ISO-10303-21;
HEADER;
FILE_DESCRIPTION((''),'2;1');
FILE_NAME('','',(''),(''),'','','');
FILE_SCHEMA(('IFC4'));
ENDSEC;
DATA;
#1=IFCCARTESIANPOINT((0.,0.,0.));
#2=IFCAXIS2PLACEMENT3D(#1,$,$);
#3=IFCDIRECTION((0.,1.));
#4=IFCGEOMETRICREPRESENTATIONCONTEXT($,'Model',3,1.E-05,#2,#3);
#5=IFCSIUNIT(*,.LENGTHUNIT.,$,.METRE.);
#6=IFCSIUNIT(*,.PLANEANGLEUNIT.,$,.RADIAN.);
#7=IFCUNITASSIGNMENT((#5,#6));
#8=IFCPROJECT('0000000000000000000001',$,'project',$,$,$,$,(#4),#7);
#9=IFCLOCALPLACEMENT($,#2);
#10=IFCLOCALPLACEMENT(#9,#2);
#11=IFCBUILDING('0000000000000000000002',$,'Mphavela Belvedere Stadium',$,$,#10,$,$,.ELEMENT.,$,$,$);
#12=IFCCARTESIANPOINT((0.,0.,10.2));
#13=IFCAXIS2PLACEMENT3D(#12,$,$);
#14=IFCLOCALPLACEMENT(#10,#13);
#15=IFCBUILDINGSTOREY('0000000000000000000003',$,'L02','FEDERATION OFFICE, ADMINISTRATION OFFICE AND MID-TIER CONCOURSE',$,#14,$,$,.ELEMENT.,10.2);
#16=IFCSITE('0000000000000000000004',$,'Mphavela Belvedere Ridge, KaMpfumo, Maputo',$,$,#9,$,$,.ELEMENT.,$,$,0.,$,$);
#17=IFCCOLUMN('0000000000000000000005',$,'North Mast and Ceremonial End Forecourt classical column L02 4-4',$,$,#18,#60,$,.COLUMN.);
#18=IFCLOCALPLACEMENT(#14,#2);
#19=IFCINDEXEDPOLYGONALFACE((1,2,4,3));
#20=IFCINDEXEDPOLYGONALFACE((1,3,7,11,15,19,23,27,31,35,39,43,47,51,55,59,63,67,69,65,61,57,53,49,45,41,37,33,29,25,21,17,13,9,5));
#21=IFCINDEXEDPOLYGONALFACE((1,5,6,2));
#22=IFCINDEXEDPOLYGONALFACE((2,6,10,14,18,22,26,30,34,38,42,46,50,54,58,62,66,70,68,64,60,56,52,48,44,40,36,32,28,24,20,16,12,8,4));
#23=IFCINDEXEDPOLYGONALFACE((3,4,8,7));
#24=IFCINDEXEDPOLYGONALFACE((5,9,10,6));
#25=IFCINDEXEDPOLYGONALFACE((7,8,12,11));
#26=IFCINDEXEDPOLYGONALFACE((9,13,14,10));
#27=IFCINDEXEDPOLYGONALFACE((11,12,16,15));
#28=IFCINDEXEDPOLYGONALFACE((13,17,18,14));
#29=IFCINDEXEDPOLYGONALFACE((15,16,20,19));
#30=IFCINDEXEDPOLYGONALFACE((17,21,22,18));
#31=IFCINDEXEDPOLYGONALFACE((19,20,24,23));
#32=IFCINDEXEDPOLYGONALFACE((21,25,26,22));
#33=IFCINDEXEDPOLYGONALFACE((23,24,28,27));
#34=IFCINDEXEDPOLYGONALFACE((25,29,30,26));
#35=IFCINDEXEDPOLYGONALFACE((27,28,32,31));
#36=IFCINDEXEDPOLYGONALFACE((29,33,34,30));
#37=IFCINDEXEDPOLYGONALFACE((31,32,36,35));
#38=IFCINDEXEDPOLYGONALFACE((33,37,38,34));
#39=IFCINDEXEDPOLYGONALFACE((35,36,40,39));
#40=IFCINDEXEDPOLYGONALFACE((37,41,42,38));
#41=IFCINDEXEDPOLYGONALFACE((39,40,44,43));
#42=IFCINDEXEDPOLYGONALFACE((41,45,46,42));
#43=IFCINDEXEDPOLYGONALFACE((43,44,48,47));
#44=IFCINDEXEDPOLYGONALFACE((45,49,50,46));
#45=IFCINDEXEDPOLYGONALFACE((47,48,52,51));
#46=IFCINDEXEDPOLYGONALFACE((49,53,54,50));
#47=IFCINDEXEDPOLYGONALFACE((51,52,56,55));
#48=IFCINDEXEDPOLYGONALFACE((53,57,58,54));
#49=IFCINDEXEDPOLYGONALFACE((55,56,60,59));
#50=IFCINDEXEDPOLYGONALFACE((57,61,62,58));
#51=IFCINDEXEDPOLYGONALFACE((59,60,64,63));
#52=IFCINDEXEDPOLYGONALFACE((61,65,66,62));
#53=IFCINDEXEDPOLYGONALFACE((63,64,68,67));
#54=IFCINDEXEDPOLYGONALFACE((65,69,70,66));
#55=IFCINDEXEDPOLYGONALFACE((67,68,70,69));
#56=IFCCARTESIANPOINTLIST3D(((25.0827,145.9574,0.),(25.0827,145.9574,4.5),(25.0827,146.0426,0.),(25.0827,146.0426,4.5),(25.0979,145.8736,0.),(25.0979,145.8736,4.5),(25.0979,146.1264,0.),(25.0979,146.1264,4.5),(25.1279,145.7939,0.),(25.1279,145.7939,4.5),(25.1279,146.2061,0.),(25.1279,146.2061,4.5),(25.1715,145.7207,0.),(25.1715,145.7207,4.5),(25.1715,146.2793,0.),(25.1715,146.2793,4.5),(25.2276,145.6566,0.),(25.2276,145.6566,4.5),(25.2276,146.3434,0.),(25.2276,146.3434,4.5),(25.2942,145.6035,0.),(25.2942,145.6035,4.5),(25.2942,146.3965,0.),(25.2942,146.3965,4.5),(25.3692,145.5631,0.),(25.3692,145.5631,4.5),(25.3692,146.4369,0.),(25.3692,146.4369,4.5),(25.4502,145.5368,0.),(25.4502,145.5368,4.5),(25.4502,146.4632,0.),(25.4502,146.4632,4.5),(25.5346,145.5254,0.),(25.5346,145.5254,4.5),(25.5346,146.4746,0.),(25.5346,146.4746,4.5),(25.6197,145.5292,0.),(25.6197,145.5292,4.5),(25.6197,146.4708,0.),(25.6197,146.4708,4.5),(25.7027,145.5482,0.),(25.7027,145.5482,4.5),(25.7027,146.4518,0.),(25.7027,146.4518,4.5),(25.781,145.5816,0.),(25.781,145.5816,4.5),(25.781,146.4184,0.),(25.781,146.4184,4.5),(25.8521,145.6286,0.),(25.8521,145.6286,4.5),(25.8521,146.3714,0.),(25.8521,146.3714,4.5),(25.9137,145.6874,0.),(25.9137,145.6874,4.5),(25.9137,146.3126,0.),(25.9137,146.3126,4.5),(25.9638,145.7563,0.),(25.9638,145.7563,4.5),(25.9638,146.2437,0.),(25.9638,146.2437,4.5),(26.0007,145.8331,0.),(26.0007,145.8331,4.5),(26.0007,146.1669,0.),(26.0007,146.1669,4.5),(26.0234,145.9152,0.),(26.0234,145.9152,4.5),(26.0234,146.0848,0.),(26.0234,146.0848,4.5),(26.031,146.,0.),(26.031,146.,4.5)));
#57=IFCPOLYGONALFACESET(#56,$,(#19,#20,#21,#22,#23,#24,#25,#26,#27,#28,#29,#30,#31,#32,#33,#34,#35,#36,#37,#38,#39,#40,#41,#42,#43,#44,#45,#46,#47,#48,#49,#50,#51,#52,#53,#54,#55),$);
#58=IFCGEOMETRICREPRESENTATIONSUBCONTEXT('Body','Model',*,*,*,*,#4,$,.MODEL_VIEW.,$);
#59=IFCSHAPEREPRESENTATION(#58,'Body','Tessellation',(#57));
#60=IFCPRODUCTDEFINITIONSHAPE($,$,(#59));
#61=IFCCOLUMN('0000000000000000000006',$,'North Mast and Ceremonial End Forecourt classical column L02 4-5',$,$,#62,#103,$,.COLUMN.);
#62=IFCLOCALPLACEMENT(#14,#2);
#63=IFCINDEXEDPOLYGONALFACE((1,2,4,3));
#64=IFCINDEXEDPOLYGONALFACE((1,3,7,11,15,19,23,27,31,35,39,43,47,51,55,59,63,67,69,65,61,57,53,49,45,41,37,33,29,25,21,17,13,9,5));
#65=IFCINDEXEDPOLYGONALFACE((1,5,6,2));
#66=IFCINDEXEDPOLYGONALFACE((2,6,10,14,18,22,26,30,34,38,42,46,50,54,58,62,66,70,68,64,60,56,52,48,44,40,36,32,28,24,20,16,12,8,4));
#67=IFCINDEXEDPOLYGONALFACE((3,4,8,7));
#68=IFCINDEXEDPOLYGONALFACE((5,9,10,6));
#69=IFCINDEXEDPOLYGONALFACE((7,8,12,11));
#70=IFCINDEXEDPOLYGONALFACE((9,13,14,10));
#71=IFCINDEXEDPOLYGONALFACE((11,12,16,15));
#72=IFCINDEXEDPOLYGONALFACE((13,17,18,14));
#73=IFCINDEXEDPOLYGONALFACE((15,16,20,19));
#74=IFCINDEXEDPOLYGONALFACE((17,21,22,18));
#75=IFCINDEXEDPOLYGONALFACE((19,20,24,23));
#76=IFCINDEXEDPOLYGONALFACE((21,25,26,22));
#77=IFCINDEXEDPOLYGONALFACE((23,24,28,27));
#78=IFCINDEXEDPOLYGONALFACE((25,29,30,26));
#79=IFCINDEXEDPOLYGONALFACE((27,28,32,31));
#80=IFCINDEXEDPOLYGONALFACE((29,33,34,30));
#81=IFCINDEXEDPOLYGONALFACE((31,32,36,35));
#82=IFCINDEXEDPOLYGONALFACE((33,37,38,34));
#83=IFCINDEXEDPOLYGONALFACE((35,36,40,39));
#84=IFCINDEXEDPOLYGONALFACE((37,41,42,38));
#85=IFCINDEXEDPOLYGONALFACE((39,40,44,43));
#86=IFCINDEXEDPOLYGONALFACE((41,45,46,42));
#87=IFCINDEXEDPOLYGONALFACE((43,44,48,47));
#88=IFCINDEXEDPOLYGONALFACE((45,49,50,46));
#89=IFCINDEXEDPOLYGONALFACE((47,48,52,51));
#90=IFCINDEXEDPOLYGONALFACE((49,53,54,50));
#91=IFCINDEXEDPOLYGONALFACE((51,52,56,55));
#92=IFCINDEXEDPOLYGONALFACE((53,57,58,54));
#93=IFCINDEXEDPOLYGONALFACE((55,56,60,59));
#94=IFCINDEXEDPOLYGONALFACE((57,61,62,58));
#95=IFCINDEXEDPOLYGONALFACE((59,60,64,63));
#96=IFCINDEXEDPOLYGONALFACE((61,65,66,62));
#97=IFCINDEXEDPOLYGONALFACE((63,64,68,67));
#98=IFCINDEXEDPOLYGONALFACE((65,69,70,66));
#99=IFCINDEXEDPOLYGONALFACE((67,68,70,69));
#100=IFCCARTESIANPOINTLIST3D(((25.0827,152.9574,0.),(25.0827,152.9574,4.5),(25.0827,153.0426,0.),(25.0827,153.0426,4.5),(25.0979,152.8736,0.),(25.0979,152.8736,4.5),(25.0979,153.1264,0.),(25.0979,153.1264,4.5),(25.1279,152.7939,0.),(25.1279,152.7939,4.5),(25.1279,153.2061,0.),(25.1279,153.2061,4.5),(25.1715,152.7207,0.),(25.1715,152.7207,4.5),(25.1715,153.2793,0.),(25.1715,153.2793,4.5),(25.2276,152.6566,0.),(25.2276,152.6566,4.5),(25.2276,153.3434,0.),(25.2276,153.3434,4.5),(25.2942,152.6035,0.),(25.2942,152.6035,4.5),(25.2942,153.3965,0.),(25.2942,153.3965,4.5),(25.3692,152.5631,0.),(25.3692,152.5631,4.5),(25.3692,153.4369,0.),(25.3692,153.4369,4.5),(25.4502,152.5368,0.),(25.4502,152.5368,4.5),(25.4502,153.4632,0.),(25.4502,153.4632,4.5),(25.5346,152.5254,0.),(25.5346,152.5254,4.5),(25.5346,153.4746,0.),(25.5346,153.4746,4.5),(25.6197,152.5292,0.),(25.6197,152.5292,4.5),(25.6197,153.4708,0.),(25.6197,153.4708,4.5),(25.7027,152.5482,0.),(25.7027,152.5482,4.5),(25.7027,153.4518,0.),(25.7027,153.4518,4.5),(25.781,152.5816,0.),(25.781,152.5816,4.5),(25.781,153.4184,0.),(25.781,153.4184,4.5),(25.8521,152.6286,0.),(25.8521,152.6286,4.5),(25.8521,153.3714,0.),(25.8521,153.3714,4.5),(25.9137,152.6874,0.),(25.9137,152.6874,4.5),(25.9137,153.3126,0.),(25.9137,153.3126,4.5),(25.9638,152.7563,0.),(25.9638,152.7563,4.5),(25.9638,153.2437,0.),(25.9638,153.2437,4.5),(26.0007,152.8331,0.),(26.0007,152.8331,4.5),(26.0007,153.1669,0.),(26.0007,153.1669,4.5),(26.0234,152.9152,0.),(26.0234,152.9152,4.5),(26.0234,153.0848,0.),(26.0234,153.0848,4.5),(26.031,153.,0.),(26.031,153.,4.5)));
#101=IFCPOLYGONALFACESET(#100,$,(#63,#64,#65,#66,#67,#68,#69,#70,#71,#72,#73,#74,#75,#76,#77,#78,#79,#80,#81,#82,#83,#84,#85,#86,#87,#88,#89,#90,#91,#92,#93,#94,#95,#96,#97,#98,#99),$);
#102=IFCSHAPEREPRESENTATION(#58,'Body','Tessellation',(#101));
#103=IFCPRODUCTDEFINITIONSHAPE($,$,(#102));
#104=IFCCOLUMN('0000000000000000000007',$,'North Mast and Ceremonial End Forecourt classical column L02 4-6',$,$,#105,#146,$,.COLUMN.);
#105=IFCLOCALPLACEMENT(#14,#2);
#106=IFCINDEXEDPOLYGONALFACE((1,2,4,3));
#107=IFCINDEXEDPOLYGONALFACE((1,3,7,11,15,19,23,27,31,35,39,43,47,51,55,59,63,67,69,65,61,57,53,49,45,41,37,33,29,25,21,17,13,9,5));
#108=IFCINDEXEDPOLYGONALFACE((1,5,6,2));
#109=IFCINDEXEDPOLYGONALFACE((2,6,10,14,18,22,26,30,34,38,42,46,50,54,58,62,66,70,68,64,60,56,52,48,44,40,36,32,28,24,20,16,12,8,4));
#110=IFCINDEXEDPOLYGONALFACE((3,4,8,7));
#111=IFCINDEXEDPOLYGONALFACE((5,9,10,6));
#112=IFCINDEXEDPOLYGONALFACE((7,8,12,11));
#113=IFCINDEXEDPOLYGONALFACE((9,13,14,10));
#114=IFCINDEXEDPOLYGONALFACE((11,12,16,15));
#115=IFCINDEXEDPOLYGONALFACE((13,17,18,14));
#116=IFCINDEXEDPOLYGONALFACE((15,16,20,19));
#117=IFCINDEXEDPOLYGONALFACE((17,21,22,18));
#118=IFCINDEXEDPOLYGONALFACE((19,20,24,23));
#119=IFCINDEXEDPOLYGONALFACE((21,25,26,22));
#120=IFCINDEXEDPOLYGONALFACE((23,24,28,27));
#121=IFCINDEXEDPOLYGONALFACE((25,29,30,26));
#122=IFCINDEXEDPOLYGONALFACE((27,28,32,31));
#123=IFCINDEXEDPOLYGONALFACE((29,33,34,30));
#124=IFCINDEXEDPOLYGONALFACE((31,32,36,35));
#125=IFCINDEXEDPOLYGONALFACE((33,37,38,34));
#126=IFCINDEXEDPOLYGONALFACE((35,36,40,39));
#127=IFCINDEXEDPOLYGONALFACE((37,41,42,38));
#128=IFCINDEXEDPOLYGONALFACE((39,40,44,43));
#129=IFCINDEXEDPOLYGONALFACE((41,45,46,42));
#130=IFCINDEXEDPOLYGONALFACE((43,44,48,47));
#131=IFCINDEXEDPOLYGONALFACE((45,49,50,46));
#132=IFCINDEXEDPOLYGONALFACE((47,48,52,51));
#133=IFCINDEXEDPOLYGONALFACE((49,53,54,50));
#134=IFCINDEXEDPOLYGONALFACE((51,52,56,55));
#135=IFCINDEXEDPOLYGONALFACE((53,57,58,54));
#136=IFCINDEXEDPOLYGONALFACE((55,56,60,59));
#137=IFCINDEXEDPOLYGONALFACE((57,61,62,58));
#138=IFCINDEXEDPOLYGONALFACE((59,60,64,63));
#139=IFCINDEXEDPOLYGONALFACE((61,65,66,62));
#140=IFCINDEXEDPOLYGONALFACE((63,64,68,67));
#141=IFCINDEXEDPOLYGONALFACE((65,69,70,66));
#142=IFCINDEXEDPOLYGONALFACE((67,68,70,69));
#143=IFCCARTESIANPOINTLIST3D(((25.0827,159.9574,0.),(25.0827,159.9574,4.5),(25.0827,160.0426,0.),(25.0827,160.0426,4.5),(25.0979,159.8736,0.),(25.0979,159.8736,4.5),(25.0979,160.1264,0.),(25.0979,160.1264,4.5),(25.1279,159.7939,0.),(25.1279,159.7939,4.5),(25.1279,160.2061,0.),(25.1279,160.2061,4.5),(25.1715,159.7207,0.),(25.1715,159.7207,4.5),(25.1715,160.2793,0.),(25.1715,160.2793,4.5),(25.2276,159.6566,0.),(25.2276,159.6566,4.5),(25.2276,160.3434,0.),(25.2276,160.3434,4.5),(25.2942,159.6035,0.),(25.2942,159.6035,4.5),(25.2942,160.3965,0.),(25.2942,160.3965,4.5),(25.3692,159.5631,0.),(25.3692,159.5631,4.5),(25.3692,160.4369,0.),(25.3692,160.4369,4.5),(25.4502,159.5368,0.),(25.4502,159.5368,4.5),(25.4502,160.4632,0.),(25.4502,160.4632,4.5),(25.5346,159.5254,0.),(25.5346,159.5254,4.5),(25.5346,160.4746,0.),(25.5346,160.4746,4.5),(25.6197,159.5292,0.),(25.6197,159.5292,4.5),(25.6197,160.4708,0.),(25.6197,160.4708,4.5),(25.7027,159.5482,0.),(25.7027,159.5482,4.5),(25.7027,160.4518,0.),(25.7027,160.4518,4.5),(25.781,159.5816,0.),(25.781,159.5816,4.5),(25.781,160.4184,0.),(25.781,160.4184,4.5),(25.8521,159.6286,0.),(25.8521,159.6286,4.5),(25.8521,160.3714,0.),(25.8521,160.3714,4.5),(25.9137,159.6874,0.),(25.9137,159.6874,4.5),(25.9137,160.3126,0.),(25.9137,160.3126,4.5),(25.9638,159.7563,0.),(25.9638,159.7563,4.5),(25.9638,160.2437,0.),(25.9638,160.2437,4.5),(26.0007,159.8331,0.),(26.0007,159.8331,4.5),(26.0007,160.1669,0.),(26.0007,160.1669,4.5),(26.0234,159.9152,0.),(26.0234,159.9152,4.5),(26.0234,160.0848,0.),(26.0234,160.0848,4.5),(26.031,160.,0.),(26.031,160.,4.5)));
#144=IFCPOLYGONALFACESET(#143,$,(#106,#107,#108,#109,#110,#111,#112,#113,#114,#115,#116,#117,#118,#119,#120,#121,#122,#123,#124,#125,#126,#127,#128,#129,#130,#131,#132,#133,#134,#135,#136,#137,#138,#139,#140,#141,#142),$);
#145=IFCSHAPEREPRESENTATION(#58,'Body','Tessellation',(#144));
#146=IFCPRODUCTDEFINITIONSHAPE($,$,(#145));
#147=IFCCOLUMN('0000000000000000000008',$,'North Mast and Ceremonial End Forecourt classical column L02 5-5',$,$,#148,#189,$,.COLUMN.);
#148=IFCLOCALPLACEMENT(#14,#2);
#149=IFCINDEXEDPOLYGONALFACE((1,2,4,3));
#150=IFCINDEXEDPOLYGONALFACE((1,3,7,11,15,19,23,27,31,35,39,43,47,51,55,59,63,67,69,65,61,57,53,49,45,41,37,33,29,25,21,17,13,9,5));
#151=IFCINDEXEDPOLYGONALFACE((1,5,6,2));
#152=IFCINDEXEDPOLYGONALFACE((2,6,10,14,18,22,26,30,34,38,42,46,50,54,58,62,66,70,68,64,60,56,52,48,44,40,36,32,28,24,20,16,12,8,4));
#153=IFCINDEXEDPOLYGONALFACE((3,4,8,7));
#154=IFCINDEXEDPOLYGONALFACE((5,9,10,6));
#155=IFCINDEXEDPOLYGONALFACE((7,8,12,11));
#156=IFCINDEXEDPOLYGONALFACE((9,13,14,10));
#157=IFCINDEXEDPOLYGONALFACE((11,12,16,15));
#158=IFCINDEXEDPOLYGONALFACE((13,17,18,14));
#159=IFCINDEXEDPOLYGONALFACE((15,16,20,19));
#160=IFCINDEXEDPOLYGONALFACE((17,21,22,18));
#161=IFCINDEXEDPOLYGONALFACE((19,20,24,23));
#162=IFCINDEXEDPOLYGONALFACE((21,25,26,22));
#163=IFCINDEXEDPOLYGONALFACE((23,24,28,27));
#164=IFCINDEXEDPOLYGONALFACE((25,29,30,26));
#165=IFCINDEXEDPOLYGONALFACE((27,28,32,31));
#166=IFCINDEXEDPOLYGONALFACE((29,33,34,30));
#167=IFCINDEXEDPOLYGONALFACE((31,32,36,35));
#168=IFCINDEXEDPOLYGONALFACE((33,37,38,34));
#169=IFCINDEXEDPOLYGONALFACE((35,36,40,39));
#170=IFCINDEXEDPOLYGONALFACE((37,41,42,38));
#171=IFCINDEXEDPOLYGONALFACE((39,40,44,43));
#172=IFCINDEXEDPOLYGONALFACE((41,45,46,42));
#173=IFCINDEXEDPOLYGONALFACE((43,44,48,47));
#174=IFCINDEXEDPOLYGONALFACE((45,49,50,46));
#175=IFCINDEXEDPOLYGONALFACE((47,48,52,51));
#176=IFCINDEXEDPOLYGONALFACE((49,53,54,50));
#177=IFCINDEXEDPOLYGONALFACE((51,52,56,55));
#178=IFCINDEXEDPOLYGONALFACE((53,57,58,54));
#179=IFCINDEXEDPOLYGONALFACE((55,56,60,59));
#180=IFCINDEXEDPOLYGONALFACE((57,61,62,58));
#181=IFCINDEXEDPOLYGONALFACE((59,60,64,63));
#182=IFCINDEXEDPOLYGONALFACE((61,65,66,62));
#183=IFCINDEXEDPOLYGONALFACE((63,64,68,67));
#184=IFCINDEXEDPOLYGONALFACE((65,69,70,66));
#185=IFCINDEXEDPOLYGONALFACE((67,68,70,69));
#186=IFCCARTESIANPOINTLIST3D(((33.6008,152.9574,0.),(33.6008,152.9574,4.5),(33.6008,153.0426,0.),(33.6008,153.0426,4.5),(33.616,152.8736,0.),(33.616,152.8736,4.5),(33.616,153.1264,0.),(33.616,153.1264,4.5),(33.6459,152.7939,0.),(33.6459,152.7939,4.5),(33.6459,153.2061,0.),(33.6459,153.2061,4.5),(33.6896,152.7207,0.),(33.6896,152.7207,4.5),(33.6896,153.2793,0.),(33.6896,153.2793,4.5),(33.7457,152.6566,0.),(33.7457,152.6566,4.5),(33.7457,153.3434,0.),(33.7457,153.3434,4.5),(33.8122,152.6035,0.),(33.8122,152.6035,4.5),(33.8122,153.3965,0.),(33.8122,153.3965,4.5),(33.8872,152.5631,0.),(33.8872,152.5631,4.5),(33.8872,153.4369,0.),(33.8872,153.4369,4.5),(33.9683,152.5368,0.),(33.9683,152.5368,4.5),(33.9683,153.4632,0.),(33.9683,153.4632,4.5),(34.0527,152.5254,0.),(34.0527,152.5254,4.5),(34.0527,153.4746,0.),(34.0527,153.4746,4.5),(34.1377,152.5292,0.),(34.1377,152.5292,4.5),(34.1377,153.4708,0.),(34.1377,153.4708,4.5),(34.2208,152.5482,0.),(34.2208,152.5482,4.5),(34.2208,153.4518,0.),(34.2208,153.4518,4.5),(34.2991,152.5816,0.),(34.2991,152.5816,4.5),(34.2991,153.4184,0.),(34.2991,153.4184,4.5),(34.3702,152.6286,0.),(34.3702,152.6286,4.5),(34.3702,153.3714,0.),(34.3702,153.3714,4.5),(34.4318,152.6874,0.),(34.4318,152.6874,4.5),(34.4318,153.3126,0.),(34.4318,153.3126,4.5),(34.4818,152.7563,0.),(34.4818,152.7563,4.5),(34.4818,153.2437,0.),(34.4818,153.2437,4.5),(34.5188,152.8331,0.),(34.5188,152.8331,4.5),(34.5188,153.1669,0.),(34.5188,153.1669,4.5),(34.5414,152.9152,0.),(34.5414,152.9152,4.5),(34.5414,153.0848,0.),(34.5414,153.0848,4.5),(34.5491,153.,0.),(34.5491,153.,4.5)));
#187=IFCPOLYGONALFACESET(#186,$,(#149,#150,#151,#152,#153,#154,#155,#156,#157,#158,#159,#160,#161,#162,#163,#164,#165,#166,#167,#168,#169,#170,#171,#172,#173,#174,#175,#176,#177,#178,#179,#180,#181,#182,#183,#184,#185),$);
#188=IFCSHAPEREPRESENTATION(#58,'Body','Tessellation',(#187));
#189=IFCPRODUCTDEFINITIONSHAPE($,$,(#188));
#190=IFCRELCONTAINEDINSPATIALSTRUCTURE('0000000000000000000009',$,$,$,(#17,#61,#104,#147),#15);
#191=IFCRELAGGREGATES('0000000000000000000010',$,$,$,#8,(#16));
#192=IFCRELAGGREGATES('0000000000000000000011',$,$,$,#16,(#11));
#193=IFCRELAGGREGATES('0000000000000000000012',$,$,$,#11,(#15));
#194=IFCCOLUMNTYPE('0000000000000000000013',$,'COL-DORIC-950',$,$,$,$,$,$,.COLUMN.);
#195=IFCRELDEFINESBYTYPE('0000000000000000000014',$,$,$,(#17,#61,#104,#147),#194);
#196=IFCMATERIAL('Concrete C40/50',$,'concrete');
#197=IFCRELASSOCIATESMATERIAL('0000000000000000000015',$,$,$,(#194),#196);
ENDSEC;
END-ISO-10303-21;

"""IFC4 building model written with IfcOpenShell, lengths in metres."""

from ifc_helpers import new_model, si_unit, direction, frame, origin, origin_2d, place, context, subcontext, project, spatial, circle, extrude, material, material_profile, profile_set, type_object, element, save


model = new_model("IFC4")

# Units and contexts
model_context = context("Model", 3, precision=1e-05, world=origin(), true_north=direction((0.0, 1.0)))
body_context = subcontext(model_context, "Body", "Model", "MODEL_VIEW")
ifc_project = project(units=[si_unit("LENGTHUNIT", "METRE"), si_unit("PLANEANGLEUNIT", "RADIAN")], contexts=[model_context])

# Site, building, storey
site_placement = place(None, origin())
site = spatial("IfcSite", under=ifc_project, at=site_placement, Name="Mphavela Belvedere Ridge, KaMpfumo, Maputo", CompositionType="ELEMENT", RefElevation=0.0)
building_placement = place(site_placement, origin())
building = spatial("IfcBuilding", under=site, at=building_placement, Name="Mphavela Belvedere Stadium", CompositionType="ELEMENT")
storey_placement = place(building_placement, frame((0.0, 0.0, 10.2)))
storey = spatial("IfcBuildingStorey", under=building, at=storey_placement, Name="L02", Description="FEDERATION OFFICE, ADMINISTRATION OFFICE AND MID-TIER CONCOURSE", CompositionType="ELEMENT", Elevation=10.2)

# Columns
ifc_material_1 = material(Name="Concrete C40/50", Category="concrete")
ifc_material_profile_1 = material_profile(ifc_material_1, circle(Radius=0.4751, at=origin_2d()), Name="COL D950")
ifc_profile_set_1 = profile_set([ifc_material_profile_1], Name="Concrete C40/50")
column_type_1 = type_object("IfcColumnType", Name="COL-DORIC-950", PredefinedType="COLUMN", material=ifc_profile_set_1)
for number, where, z_axis, x_axis, name in (
    (1, (25.5559, 146.0, 0.0), (0.0, 0.0, 1.0), (1.0, 0.0, 0.0), "North Mast and Ceremonial End Forecourt classical column L02 4-4"),
    (2, (25.5559, 153.0, 0.0), (0.0, 0.0, 1.0), (1.0, 0.0, 0.0), "North Mast and Ceremonial End Forecourt classical column L02 4-5"),
    (3, (25.5559, 160.0, 0.0), (0.0, 0.0, 1.0), (1.0, 0.0, 0.0), "North Mast and Ceremonial End Forecourt classical column L02 4-6"),
    (4, (34.074, 153.0, 0.0), (0.0, 0.0, 1.0), (1.0, 0.0, 0.0), "North Mast and Ceremonial End Forecourt classical column L02 5-5"),
):
    element("IfcColumn", number, at=place(storey_placement, frame(where, z_axis=z_axis, x_axis=x_axis)), inside=storey, type_object=column_type_1, Name=name, PredefinedType="COLUMN", context=body_context, shape_type="SweptSolid", body=[
        extrude(circle(Radius=0.4751, at=origin_2d()), origin(), (0.0, 0.0, 1.0), 4.5),
    ])

save(model, "model.ifc")
